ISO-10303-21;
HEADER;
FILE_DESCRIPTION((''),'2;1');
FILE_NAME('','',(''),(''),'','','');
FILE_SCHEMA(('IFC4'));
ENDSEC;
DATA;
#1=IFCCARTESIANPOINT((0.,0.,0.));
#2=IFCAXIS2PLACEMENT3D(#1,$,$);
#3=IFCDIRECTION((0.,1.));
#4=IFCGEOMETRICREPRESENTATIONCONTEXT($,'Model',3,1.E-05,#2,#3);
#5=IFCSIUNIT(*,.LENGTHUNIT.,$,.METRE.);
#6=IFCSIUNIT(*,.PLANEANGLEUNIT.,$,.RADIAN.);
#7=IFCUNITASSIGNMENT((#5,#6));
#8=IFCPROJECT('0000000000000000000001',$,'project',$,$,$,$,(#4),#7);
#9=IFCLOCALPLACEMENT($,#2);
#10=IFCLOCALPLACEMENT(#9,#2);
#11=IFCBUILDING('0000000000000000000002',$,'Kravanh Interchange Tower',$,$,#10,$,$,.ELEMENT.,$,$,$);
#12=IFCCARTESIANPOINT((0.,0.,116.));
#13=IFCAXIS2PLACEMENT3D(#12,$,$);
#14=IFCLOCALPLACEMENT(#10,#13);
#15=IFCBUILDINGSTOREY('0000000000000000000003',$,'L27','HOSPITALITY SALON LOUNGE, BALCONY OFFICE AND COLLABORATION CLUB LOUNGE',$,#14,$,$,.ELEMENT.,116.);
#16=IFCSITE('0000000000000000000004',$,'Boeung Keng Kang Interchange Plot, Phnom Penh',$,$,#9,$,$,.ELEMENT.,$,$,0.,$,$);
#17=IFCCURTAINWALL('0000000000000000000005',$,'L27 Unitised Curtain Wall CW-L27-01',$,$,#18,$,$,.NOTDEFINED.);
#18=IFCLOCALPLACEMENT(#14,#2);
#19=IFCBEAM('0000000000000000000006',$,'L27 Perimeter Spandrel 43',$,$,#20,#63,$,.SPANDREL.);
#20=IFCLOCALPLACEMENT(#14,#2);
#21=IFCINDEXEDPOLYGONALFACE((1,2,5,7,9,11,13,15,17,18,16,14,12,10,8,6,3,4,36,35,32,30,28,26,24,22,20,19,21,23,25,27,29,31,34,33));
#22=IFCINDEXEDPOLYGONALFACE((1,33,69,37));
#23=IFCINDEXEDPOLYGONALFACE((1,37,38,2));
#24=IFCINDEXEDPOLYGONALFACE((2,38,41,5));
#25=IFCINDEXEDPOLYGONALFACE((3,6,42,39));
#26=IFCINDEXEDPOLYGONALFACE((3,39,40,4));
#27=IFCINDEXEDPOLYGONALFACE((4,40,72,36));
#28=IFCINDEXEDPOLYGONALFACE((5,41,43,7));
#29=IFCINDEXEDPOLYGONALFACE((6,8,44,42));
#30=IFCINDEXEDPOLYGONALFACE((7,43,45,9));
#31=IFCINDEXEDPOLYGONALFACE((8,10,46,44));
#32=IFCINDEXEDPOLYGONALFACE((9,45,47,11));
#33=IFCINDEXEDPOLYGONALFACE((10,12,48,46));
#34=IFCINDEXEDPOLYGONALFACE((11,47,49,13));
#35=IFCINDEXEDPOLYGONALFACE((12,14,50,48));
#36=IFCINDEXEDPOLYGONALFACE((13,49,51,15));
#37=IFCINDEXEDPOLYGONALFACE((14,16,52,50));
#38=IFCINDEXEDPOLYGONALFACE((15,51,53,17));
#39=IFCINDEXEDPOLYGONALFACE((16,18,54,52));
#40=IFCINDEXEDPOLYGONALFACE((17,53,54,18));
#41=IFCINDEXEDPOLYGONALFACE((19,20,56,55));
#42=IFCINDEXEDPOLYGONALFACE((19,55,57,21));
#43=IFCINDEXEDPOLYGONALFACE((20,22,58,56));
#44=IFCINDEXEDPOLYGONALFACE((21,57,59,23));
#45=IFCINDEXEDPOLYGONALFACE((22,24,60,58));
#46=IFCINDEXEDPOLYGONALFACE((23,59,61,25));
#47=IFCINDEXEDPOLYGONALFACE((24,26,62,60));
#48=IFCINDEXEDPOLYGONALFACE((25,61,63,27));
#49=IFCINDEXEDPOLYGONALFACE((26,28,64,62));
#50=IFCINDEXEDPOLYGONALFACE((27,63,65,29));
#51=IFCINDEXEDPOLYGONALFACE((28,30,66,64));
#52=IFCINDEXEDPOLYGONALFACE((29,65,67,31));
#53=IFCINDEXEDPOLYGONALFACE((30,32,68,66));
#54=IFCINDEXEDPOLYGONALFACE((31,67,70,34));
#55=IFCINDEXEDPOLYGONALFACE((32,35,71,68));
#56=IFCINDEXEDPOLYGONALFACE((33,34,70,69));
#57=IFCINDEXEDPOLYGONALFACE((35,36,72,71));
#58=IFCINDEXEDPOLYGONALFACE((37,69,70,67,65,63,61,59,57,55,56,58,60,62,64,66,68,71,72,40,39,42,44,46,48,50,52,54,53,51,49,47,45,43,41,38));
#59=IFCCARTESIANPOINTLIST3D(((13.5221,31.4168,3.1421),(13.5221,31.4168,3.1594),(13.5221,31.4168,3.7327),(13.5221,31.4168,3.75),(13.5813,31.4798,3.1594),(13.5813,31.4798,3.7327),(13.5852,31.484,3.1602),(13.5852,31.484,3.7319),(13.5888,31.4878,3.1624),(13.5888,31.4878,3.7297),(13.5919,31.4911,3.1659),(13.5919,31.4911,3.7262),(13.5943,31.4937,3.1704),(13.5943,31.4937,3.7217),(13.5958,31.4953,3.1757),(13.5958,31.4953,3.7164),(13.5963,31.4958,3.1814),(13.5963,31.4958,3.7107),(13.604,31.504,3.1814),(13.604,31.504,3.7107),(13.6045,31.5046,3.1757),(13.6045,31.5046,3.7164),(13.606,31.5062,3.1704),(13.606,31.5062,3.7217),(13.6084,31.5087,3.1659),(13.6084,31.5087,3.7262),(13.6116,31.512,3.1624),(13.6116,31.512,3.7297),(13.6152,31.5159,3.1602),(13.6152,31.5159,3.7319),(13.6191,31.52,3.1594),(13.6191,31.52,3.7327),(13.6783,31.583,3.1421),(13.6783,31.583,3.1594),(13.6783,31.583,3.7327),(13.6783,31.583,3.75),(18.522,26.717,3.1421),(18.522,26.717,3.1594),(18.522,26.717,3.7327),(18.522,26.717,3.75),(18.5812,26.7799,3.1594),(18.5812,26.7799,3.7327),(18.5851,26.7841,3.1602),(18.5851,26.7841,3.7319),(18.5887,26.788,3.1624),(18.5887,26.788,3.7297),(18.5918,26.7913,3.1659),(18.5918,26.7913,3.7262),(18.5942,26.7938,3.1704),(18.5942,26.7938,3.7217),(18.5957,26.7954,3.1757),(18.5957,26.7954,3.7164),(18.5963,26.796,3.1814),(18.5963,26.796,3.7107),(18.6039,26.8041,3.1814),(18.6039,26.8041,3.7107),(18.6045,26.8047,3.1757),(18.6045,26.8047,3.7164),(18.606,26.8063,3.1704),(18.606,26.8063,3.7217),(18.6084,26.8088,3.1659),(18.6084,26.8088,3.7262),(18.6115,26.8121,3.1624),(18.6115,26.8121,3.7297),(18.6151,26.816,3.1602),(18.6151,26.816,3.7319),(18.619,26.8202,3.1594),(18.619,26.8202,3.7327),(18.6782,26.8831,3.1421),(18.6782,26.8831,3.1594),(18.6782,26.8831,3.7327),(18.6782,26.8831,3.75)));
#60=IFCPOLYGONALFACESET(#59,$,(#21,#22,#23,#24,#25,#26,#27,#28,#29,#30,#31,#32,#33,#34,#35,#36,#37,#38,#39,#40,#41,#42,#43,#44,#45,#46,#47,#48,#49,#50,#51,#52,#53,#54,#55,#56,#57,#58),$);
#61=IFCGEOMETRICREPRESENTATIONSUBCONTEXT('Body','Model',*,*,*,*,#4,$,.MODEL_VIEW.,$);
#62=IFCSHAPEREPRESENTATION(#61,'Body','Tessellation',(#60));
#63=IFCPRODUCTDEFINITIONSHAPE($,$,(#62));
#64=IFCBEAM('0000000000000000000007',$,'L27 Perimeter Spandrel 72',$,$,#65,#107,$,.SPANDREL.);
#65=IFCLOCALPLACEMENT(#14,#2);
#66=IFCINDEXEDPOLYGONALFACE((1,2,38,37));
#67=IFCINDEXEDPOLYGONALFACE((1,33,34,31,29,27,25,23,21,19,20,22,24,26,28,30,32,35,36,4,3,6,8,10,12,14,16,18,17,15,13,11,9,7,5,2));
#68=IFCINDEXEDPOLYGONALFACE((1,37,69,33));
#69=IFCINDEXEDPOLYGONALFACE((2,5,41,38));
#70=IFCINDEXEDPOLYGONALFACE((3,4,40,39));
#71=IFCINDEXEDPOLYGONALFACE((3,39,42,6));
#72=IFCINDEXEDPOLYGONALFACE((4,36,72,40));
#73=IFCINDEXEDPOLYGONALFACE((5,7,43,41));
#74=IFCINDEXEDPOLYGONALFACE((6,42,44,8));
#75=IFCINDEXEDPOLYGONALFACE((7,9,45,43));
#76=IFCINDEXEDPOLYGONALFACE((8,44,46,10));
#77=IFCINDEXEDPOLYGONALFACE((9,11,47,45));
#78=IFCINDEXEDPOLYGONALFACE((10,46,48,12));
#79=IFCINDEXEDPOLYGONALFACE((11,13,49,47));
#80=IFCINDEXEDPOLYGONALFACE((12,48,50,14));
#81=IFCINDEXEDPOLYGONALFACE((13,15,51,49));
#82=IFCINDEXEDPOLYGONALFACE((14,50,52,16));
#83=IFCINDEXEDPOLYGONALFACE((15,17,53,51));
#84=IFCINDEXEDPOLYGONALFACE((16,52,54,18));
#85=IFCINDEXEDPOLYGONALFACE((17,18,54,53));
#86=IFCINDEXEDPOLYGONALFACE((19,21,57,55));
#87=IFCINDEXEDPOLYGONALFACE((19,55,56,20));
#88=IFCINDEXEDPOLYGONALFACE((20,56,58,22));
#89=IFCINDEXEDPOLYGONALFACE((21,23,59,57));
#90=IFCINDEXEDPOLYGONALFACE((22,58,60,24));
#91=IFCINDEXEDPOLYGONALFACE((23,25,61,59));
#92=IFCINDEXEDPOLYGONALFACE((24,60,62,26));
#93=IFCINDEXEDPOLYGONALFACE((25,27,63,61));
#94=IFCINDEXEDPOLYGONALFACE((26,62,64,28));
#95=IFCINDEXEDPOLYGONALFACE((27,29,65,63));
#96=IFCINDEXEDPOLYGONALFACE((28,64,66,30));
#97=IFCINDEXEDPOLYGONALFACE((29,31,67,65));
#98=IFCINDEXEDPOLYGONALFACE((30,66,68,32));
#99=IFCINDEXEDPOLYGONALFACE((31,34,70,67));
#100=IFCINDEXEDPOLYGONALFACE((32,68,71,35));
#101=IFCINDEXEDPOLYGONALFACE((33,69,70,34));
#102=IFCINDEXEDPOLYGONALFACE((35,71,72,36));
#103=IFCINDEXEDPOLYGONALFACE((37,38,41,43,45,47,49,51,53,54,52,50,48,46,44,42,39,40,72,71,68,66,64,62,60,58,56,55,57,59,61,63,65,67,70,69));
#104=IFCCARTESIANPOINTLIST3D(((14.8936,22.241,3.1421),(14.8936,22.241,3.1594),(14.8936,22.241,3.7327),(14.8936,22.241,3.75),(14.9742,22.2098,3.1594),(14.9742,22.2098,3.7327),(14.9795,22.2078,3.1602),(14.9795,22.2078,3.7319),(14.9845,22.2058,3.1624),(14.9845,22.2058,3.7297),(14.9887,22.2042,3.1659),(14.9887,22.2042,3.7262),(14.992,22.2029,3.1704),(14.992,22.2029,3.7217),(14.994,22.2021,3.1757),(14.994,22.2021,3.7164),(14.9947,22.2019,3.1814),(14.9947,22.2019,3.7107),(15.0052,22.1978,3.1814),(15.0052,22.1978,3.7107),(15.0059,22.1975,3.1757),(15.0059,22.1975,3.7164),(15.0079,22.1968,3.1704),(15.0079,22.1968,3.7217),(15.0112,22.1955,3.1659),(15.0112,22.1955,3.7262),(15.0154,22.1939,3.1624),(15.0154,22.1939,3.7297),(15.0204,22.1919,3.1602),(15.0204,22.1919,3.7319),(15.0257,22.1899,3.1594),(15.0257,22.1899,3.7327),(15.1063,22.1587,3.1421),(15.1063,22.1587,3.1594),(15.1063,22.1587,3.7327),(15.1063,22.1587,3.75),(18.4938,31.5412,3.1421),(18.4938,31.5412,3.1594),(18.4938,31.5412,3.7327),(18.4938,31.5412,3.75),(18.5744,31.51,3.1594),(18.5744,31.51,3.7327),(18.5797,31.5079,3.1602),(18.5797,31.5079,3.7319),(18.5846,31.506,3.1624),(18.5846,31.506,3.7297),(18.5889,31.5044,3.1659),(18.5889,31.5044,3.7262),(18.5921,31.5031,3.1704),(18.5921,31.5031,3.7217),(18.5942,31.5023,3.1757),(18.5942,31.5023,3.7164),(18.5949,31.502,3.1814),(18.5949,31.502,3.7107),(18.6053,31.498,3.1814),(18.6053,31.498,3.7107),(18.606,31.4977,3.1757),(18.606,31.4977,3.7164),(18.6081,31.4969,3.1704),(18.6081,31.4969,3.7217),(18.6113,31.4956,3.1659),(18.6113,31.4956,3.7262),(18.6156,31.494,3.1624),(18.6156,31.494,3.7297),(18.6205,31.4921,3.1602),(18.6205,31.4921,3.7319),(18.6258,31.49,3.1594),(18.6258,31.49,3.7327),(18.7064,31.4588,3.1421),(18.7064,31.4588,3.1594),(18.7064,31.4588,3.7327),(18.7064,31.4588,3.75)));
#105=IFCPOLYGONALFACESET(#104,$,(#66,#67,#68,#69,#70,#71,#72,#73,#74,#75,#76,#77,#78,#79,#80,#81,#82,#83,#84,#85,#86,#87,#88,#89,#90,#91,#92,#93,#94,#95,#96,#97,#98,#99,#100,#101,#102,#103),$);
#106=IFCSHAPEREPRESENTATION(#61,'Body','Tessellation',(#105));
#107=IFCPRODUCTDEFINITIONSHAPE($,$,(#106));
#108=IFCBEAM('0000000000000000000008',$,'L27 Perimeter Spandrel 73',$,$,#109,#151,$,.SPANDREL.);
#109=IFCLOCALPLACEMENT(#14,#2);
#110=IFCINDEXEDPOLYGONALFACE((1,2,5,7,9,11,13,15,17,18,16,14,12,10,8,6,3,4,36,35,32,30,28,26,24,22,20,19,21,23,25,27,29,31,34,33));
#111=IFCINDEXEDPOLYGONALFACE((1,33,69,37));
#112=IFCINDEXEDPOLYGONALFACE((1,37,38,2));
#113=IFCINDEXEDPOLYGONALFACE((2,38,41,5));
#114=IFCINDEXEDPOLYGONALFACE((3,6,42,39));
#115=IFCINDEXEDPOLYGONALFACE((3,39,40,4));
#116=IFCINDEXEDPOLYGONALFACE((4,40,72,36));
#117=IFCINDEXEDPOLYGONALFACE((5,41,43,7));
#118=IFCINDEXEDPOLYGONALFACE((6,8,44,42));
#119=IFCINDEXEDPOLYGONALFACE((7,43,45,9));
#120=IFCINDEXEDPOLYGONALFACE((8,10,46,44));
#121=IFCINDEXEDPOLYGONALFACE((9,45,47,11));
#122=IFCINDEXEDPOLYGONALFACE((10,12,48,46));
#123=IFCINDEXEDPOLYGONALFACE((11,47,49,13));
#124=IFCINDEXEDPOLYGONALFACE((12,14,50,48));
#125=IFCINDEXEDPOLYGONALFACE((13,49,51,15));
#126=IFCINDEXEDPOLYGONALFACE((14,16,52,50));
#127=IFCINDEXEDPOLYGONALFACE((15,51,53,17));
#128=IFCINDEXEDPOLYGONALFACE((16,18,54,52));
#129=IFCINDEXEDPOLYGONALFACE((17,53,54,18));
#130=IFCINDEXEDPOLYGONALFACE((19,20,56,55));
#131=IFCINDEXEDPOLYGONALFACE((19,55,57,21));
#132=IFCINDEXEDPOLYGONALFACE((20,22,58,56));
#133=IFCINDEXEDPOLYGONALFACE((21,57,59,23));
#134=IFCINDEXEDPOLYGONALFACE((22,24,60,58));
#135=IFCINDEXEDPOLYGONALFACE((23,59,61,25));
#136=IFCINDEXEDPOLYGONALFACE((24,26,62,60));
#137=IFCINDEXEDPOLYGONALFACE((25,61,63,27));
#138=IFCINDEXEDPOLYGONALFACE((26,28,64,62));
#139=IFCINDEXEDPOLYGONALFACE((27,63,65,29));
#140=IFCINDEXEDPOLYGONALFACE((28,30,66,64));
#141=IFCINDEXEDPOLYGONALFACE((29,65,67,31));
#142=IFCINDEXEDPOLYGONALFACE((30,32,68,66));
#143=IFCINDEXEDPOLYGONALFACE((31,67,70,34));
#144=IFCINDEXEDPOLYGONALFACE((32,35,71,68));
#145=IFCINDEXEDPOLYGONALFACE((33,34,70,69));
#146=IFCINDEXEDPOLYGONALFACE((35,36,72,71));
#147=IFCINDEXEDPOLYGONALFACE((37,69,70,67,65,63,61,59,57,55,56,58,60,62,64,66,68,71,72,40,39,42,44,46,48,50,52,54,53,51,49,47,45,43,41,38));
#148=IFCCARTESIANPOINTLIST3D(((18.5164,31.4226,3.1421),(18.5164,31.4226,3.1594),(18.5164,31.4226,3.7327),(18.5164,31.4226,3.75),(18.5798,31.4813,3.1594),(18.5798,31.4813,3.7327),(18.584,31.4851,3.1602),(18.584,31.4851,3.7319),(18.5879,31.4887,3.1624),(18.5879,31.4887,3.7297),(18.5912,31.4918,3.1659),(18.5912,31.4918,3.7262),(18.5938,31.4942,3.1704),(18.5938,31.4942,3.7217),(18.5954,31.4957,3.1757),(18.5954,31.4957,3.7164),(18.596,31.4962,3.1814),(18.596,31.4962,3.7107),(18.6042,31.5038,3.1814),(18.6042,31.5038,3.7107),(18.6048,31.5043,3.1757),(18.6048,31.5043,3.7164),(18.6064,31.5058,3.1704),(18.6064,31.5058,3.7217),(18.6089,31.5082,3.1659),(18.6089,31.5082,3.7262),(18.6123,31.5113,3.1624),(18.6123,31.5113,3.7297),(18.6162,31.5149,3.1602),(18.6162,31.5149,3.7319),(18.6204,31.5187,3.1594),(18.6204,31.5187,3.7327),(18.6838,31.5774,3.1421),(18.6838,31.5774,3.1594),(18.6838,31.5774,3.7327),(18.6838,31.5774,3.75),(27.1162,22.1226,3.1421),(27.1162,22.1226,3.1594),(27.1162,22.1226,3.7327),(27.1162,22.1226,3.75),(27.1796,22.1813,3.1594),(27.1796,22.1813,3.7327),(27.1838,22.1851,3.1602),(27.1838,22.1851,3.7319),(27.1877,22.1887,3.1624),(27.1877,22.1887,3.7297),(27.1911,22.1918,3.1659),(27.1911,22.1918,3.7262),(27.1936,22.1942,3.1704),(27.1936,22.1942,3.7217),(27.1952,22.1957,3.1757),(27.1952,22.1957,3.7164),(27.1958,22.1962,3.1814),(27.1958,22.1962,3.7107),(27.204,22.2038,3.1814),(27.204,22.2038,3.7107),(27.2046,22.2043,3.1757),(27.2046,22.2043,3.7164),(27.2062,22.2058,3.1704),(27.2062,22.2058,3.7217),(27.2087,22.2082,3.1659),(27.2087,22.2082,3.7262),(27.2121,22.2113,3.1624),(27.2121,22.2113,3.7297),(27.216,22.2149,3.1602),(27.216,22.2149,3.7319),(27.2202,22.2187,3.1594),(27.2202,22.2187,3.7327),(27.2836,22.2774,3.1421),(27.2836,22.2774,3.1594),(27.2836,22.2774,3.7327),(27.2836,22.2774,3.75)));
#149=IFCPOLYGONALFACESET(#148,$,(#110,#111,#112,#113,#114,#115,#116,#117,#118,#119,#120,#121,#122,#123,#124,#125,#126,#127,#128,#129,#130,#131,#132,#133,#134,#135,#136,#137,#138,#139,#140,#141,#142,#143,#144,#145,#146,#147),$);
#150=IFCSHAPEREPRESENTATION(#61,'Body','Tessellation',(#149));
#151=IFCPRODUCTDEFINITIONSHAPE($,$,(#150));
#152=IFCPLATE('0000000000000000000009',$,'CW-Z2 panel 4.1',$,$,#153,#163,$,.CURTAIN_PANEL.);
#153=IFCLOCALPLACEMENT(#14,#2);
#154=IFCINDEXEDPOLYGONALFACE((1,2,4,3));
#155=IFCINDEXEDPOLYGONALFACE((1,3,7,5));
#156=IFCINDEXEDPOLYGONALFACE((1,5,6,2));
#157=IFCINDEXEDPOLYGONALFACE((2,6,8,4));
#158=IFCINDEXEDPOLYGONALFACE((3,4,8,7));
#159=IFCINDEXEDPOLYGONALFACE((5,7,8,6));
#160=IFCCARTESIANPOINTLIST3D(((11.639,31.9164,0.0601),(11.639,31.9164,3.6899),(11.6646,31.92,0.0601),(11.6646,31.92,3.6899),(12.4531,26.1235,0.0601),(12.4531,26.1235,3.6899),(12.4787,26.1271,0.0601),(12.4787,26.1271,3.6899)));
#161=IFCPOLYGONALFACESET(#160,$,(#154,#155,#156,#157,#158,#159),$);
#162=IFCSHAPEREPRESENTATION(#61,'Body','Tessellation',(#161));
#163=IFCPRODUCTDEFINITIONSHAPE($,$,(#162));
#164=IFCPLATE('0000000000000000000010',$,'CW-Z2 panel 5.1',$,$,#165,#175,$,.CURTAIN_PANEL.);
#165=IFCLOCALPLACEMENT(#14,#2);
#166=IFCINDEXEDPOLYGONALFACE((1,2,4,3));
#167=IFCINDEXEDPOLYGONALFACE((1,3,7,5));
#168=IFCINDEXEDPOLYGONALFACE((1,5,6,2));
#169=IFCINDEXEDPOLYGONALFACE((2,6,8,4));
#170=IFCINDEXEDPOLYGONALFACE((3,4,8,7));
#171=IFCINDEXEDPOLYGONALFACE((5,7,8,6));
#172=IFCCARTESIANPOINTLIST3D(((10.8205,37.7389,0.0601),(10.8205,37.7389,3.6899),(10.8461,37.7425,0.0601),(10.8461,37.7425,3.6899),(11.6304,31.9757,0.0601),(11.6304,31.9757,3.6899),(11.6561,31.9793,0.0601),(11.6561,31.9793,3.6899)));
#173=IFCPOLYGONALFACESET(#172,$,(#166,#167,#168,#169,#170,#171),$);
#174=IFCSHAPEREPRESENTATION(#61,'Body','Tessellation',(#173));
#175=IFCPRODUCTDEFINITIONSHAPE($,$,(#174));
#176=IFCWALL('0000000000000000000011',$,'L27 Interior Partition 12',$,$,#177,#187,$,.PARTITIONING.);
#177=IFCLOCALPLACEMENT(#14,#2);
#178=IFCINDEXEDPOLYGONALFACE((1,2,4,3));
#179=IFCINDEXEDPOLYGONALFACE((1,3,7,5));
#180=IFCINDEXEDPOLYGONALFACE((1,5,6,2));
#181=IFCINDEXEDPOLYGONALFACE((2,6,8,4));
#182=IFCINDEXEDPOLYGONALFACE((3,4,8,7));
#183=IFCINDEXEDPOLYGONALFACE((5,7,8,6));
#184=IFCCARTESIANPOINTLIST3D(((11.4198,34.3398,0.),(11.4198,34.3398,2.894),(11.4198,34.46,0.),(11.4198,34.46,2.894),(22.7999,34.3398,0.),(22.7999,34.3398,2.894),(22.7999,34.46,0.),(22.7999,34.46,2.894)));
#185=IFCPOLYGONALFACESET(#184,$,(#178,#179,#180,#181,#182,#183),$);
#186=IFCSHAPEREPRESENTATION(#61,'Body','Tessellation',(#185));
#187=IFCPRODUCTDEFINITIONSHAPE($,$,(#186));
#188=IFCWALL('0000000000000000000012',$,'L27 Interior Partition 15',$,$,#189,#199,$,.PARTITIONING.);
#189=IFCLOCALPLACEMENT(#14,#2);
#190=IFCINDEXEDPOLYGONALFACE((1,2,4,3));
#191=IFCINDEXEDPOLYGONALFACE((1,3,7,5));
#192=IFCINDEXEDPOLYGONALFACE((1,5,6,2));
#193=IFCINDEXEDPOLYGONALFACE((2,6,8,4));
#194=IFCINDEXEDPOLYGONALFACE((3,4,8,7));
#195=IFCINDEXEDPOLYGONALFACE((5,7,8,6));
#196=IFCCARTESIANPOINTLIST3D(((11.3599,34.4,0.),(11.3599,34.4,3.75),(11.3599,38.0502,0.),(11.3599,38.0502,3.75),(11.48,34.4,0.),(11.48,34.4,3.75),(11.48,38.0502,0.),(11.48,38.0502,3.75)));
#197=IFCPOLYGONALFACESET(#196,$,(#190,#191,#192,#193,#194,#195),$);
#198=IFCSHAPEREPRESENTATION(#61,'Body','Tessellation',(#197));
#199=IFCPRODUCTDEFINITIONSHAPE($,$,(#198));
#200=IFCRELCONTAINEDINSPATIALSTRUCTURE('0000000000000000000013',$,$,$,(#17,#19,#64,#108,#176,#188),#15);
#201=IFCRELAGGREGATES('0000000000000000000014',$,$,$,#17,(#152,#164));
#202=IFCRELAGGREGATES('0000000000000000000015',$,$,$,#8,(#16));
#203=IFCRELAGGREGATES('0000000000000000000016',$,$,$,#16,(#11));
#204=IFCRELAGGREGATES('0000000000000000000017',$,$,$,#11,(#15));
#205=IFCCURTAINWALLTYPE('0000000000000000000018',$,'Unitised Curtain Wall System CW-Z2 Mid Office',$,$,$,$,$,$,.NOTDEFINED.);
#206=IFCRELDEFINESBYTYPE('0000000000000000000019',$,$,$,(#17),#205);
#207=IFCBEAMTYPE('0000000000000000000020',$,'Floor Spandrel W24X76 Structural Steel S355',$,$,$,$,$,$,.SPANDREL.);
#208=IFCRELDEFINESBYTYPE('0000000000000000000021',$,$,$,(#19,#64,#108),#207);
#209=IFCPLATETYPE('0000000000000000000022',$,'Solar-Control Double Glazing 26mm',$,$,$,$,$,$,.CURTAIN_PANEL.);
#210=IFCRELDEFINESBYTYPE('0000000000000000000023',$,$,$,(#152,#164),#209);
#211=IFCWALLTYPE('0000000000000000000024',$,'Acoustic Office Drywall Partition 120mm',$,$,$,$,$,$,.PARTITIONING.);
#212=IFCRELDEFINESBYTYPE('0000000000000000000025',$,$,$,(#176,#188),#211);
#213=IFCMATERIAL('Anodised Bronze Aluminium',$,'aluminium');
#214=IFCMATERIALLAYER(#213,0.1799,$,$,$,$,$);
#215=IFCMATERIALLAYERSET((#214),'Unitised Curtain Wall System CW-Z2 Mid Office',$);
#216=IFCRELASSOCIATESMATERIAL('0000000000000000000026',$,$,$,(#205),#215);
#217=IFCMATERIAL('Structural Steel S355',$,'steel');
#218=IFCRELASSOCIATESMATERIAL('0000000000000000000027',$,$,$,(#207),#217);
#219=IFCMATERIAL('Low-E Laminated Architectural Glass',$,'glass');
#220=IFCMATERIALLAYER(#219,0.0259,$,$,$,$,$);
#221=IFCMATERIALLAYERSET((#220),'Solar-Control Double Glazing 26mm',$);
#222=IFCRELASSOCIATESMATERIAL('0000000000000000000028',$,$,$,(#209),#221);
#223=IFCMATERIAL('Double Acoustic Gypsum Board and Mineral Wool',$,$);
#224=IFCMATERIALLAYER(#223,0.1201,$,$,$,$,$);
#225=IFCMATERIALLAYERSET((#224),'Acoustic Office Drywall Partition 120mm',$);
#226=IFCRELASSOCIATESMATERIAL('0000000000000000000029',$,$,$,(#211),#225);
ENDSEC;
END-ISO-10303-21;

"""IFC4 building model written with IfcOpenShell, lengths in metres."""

from ifc_helpers import new_model, si_unit, direction, frame, frame_2d, origin, origin_2d, place, context, subcontext, project, spatial, rectangle, i_section, extrude, material, layer, layer_set, material_profile, profile_set, type_object, element, aggregate, save


model = new_model("IFC4")

# Units and contexts
model_context = context("Model", 3, precision=1e-05, world=origin(), true_north=direction((0.0, 1.0)))
body_context = subcontext(model_context, "Body", "Model", "MODEL_VIEW")
ifc_project = project(units=[si_unit("LENGTHUNIT", "METRE"), si_unit("PLANEANGLEUNIT", "RADIAN")], contexts=[model_context])

# Site, building, storey
site_placement = place(None, origin())
site = spatial("IfcSite", under=ifc_project, at=site_placement, Name="Boeung Keng Kang Interchange Plot, Phnom Penh", CompositionType="ELEMENT", RefElevation=0.0)
building_placement = place(site_placement, origin())
building = spatial("IfcBuilding", under=site, at=building_placement, Name="Kravanh Interchange Tower", CompositionType="ELEMENT")
storey_placement = place(building_placement, frame((0.0, 0.0, 116.0)))
storey = spatial("IfcBuildingStorey", under=building, at=storey_placement, Name="L27", Description="HOSPITALITY SALON LOUNGE, BALCONY OFFICE AND COLLABORATION CLUB LOUNGE", CompositionType="ELEMENT", Elevation=116.0)

# Curtain wall
ifc_material_1 = material(Name="Anodised Bronze Aluminium", Category="aluminium")
ifc_layer_1 = layer(ifc_material_1, 0.1799)
ifc_layer_set_1 = layer_set([ifc_layer_1], Name="Unitised Curtain Wall System CW-Z2 Mid Office")
curtain_wall_type = type_object("IfcCurtainWallType", Name="Unitised Curtain Wall System CW-Z2 Mid Office", PredefinedType="NOTDEFINED", material=ifc_layer_set_1)
curtain_wall_placement = place(storey_placement, origin())
curtain_wall = element("IfcCurtainWall", 1, at=curtain_wall_placement, inside=storey, type_object=curtain_wall_type, Name="L27 Unitised Curtain Wall CW-L27-01", PredefinedType="NOTDEFINED")

# Beams
ifc_material_2 = material(Name="Structural Steel S355", Category="steel")
ifc_material_profile_1 = material_profile(ifc_material_2, i_section(OverallWidth=0.228, OverallDepth=0.6079, WebThickness=0.0112, FlangeThickness=0.0173, FilletRadius=0.022, at=origin_2d()), Name="W24X76")
ifc_profile_set_1 = profile_set([ifc_material_profile_1], Name="Structural Steel S355")
beam_type_1 = type_object("IfcBeamType", Name="Floor Spandrel W24X76 Structural Steel S355", PredefinedType="SPANDREL", material=ifc_profile_set_1)
beam_1_placement = place(storey_placement, frame((18.6001, 26.8, 3.446), z_axis=(-0.728631, 0.684906, 0.0), x_axis=(-0.684906, -0.728631, 0.0)))
element("IfcBeam", 2, at=beam_1_placement, inside=storey, type_object=beam_type_1, Name="L27 Perimeter Spandrel 43", PredefinedType="SPANDREL", context=body_context, shape_type="SweptSolid", body=[
    extrude(i_section(OverallWidth=0.228, OverallDepth=0.6079, WebThickness=0.0112, FlangeThickness=0.0173, FilletRadius=0.022, at=origin_2d()), origin(), (0.0, 0.0, 1.0), 6.8621),
])
beam_2_placement = place(storey_placement, frame((18.6001, 31.5, 3.446), z_axis=(-0.361001, -0.932565, 0.0), x_axis=(0.932565, -0.361001, 0.0)))
element("IfcBeam", 3, at=beam_2_placement, inside=storey, type_object=beam_type_1, Name="L27 Perimeter Spandrel 72", PredefinedType="SPANDREL", context=body_context, shape_type="SweptSolid", body=[
    extrude(i_section(OverallWidth=0.228, OverallDepth=0.6079, WebThickness=0.0112, FlangeThickness=0.0173, FilletRadius=0.022, at=origin_2d()), origin(), (0.0, 0.0, 1.0), 9.9727),
])
beam_3_placement = place(storey_placement, frame((18.6001, 31.5, 3.446), z_axis=(0.678927, -0.734205, 0.0), x_axis=(0.734205, 0.678927, 0.0)))
element("IfcBeam", 4, at=beam_3_placement, inside=storey, type_object=beam_type_1, Name="L27 Perimeter Spandrel 73", PredefinedType="SPANDREL", context=body_context, shape_type="SweptSolid", body=[
    extrude(i_section(OverallWidth=0.228, OverallDepth=0.6079, WebThickness=0.0112, FlangeThickness=0.0173, FilletRadius=0.022, at=origin_2d()), origin(), (0.0, 0.0, 1.0), 12.6667),
])

# Plates
ifc_material_3 = material(Name="Low-E Laminated Architectural Glass", Category="glass")
ifc_layer_2 = layer(ifc_material_3, 0.0259)
ifc_layer_set_2 = layer_set([ifc_layer_2], Name="Solar-Control Double Glazing 26mm")
plate_type = type_object("IfcPlateType", Name="Solar-Control Double Glazing 26mm", PredefinedType="CURTAIN_PANEL", material=ifc_layer_set_2)
plate_1_placement = place(storey_placement, frame((12.0588, 29.0217, 0.0601), z_axis=(0.0, 0.0, 1.0), x_axis=(-0.139173, 0.990268, 0.0)))
plate_1 = element("IfcPlate", 5, at=plate_1_placement, type_object=plate_type, Name="CW-Z2 panel 4.1", PredefinedType="CURTAIN_PANEL", context=body_context, shape_type="SweptSolid", body=[
    extrude(rectangle(XDim=5.8499, YDim=0.0259, at=origin_2d()), origin(), (0.0, 0.0, 1.0), 3.6299),
])
plate_2_placement = place(storey_placement, frame((11.2383, 34.8591, 0.0601), z_axis=(0.0, 0.0, 1.0), x_axis=(-0.139173, 0.990268, 0.0)))
plate_2 = element("IfcPlate", 6, at=plate_2_placement, type_object=plate_type, Name="CW-Z2 panel 5.1", PredefinedType="CURTAIN_PANEL", context=body_context, shape_type="SweptSolid", body=[
    extrude(rectangle(XDim=5.8198, YDim=0.0259, at=origin_2d()), origin(), (0.0, 0.0, 1.0), 3.6299),
])
aggregate(curtain_wall, [plate_1, plate_2])

# Walls
ifc_material_4 = material(Name="Double Acoustic Gypsum Board and Mineral Wool")
ifc_layer_3 = layer(ifc_material_4, 0.1201)
ifc_layer_set_3 = layer_set([ifc_layer_3], Name="Acoustic Office Drywall Partition 120mm")
wall_type = type_object("IfcWallType", Name="Acoustic Office Drywall Partition 120mm", PredefinedType="PARTITIONING", material=ifc_layer_set_3)
wall_1_placement = place(storey_placement, frame((11.4199, 34.3999, 0.0), z_axis=(0.0, 0.0, 1.0), x_axis=(1.0, 0.0, 0.0)))
element("IfcWall", 7, at=wall_1_placement, inside=storey, type_object=wall_type, Name="L27 Interior Partition 12", PredefinedType="PARTITIONING", context=body_context, shape_type="SweptSolid", body=[
    extrude(rectangle(XDim=11.3801, YDim=0.1201, at=frame_2d((5.6899, 0.0))), origin(), (0.0, 0.0, 1.0), 2.894),
])
wall_2_placement = place(storey_placement, frame((11.4199, 34.3999, 0.0), z_axis=(0.0, 0.0, 1.0), x_axis=(0.0, 1.0, 0.0)))
element("IfcWall", 8, at=wall_2_placement, inside=storey, type_object=wall_type, Name="L27 Interior Partition 15", PredefinedType="PARTITIONING", context=body_context, shape_type="SweptSolid", body=[
    extrude(rectangle(XDim=3.6501, YDim=0.1201, at=frame_2d((1.8252, 0.0))), origin(), (0.0, 0.0, 1.0), 3.75),
])

save(model, "model.ifc")
